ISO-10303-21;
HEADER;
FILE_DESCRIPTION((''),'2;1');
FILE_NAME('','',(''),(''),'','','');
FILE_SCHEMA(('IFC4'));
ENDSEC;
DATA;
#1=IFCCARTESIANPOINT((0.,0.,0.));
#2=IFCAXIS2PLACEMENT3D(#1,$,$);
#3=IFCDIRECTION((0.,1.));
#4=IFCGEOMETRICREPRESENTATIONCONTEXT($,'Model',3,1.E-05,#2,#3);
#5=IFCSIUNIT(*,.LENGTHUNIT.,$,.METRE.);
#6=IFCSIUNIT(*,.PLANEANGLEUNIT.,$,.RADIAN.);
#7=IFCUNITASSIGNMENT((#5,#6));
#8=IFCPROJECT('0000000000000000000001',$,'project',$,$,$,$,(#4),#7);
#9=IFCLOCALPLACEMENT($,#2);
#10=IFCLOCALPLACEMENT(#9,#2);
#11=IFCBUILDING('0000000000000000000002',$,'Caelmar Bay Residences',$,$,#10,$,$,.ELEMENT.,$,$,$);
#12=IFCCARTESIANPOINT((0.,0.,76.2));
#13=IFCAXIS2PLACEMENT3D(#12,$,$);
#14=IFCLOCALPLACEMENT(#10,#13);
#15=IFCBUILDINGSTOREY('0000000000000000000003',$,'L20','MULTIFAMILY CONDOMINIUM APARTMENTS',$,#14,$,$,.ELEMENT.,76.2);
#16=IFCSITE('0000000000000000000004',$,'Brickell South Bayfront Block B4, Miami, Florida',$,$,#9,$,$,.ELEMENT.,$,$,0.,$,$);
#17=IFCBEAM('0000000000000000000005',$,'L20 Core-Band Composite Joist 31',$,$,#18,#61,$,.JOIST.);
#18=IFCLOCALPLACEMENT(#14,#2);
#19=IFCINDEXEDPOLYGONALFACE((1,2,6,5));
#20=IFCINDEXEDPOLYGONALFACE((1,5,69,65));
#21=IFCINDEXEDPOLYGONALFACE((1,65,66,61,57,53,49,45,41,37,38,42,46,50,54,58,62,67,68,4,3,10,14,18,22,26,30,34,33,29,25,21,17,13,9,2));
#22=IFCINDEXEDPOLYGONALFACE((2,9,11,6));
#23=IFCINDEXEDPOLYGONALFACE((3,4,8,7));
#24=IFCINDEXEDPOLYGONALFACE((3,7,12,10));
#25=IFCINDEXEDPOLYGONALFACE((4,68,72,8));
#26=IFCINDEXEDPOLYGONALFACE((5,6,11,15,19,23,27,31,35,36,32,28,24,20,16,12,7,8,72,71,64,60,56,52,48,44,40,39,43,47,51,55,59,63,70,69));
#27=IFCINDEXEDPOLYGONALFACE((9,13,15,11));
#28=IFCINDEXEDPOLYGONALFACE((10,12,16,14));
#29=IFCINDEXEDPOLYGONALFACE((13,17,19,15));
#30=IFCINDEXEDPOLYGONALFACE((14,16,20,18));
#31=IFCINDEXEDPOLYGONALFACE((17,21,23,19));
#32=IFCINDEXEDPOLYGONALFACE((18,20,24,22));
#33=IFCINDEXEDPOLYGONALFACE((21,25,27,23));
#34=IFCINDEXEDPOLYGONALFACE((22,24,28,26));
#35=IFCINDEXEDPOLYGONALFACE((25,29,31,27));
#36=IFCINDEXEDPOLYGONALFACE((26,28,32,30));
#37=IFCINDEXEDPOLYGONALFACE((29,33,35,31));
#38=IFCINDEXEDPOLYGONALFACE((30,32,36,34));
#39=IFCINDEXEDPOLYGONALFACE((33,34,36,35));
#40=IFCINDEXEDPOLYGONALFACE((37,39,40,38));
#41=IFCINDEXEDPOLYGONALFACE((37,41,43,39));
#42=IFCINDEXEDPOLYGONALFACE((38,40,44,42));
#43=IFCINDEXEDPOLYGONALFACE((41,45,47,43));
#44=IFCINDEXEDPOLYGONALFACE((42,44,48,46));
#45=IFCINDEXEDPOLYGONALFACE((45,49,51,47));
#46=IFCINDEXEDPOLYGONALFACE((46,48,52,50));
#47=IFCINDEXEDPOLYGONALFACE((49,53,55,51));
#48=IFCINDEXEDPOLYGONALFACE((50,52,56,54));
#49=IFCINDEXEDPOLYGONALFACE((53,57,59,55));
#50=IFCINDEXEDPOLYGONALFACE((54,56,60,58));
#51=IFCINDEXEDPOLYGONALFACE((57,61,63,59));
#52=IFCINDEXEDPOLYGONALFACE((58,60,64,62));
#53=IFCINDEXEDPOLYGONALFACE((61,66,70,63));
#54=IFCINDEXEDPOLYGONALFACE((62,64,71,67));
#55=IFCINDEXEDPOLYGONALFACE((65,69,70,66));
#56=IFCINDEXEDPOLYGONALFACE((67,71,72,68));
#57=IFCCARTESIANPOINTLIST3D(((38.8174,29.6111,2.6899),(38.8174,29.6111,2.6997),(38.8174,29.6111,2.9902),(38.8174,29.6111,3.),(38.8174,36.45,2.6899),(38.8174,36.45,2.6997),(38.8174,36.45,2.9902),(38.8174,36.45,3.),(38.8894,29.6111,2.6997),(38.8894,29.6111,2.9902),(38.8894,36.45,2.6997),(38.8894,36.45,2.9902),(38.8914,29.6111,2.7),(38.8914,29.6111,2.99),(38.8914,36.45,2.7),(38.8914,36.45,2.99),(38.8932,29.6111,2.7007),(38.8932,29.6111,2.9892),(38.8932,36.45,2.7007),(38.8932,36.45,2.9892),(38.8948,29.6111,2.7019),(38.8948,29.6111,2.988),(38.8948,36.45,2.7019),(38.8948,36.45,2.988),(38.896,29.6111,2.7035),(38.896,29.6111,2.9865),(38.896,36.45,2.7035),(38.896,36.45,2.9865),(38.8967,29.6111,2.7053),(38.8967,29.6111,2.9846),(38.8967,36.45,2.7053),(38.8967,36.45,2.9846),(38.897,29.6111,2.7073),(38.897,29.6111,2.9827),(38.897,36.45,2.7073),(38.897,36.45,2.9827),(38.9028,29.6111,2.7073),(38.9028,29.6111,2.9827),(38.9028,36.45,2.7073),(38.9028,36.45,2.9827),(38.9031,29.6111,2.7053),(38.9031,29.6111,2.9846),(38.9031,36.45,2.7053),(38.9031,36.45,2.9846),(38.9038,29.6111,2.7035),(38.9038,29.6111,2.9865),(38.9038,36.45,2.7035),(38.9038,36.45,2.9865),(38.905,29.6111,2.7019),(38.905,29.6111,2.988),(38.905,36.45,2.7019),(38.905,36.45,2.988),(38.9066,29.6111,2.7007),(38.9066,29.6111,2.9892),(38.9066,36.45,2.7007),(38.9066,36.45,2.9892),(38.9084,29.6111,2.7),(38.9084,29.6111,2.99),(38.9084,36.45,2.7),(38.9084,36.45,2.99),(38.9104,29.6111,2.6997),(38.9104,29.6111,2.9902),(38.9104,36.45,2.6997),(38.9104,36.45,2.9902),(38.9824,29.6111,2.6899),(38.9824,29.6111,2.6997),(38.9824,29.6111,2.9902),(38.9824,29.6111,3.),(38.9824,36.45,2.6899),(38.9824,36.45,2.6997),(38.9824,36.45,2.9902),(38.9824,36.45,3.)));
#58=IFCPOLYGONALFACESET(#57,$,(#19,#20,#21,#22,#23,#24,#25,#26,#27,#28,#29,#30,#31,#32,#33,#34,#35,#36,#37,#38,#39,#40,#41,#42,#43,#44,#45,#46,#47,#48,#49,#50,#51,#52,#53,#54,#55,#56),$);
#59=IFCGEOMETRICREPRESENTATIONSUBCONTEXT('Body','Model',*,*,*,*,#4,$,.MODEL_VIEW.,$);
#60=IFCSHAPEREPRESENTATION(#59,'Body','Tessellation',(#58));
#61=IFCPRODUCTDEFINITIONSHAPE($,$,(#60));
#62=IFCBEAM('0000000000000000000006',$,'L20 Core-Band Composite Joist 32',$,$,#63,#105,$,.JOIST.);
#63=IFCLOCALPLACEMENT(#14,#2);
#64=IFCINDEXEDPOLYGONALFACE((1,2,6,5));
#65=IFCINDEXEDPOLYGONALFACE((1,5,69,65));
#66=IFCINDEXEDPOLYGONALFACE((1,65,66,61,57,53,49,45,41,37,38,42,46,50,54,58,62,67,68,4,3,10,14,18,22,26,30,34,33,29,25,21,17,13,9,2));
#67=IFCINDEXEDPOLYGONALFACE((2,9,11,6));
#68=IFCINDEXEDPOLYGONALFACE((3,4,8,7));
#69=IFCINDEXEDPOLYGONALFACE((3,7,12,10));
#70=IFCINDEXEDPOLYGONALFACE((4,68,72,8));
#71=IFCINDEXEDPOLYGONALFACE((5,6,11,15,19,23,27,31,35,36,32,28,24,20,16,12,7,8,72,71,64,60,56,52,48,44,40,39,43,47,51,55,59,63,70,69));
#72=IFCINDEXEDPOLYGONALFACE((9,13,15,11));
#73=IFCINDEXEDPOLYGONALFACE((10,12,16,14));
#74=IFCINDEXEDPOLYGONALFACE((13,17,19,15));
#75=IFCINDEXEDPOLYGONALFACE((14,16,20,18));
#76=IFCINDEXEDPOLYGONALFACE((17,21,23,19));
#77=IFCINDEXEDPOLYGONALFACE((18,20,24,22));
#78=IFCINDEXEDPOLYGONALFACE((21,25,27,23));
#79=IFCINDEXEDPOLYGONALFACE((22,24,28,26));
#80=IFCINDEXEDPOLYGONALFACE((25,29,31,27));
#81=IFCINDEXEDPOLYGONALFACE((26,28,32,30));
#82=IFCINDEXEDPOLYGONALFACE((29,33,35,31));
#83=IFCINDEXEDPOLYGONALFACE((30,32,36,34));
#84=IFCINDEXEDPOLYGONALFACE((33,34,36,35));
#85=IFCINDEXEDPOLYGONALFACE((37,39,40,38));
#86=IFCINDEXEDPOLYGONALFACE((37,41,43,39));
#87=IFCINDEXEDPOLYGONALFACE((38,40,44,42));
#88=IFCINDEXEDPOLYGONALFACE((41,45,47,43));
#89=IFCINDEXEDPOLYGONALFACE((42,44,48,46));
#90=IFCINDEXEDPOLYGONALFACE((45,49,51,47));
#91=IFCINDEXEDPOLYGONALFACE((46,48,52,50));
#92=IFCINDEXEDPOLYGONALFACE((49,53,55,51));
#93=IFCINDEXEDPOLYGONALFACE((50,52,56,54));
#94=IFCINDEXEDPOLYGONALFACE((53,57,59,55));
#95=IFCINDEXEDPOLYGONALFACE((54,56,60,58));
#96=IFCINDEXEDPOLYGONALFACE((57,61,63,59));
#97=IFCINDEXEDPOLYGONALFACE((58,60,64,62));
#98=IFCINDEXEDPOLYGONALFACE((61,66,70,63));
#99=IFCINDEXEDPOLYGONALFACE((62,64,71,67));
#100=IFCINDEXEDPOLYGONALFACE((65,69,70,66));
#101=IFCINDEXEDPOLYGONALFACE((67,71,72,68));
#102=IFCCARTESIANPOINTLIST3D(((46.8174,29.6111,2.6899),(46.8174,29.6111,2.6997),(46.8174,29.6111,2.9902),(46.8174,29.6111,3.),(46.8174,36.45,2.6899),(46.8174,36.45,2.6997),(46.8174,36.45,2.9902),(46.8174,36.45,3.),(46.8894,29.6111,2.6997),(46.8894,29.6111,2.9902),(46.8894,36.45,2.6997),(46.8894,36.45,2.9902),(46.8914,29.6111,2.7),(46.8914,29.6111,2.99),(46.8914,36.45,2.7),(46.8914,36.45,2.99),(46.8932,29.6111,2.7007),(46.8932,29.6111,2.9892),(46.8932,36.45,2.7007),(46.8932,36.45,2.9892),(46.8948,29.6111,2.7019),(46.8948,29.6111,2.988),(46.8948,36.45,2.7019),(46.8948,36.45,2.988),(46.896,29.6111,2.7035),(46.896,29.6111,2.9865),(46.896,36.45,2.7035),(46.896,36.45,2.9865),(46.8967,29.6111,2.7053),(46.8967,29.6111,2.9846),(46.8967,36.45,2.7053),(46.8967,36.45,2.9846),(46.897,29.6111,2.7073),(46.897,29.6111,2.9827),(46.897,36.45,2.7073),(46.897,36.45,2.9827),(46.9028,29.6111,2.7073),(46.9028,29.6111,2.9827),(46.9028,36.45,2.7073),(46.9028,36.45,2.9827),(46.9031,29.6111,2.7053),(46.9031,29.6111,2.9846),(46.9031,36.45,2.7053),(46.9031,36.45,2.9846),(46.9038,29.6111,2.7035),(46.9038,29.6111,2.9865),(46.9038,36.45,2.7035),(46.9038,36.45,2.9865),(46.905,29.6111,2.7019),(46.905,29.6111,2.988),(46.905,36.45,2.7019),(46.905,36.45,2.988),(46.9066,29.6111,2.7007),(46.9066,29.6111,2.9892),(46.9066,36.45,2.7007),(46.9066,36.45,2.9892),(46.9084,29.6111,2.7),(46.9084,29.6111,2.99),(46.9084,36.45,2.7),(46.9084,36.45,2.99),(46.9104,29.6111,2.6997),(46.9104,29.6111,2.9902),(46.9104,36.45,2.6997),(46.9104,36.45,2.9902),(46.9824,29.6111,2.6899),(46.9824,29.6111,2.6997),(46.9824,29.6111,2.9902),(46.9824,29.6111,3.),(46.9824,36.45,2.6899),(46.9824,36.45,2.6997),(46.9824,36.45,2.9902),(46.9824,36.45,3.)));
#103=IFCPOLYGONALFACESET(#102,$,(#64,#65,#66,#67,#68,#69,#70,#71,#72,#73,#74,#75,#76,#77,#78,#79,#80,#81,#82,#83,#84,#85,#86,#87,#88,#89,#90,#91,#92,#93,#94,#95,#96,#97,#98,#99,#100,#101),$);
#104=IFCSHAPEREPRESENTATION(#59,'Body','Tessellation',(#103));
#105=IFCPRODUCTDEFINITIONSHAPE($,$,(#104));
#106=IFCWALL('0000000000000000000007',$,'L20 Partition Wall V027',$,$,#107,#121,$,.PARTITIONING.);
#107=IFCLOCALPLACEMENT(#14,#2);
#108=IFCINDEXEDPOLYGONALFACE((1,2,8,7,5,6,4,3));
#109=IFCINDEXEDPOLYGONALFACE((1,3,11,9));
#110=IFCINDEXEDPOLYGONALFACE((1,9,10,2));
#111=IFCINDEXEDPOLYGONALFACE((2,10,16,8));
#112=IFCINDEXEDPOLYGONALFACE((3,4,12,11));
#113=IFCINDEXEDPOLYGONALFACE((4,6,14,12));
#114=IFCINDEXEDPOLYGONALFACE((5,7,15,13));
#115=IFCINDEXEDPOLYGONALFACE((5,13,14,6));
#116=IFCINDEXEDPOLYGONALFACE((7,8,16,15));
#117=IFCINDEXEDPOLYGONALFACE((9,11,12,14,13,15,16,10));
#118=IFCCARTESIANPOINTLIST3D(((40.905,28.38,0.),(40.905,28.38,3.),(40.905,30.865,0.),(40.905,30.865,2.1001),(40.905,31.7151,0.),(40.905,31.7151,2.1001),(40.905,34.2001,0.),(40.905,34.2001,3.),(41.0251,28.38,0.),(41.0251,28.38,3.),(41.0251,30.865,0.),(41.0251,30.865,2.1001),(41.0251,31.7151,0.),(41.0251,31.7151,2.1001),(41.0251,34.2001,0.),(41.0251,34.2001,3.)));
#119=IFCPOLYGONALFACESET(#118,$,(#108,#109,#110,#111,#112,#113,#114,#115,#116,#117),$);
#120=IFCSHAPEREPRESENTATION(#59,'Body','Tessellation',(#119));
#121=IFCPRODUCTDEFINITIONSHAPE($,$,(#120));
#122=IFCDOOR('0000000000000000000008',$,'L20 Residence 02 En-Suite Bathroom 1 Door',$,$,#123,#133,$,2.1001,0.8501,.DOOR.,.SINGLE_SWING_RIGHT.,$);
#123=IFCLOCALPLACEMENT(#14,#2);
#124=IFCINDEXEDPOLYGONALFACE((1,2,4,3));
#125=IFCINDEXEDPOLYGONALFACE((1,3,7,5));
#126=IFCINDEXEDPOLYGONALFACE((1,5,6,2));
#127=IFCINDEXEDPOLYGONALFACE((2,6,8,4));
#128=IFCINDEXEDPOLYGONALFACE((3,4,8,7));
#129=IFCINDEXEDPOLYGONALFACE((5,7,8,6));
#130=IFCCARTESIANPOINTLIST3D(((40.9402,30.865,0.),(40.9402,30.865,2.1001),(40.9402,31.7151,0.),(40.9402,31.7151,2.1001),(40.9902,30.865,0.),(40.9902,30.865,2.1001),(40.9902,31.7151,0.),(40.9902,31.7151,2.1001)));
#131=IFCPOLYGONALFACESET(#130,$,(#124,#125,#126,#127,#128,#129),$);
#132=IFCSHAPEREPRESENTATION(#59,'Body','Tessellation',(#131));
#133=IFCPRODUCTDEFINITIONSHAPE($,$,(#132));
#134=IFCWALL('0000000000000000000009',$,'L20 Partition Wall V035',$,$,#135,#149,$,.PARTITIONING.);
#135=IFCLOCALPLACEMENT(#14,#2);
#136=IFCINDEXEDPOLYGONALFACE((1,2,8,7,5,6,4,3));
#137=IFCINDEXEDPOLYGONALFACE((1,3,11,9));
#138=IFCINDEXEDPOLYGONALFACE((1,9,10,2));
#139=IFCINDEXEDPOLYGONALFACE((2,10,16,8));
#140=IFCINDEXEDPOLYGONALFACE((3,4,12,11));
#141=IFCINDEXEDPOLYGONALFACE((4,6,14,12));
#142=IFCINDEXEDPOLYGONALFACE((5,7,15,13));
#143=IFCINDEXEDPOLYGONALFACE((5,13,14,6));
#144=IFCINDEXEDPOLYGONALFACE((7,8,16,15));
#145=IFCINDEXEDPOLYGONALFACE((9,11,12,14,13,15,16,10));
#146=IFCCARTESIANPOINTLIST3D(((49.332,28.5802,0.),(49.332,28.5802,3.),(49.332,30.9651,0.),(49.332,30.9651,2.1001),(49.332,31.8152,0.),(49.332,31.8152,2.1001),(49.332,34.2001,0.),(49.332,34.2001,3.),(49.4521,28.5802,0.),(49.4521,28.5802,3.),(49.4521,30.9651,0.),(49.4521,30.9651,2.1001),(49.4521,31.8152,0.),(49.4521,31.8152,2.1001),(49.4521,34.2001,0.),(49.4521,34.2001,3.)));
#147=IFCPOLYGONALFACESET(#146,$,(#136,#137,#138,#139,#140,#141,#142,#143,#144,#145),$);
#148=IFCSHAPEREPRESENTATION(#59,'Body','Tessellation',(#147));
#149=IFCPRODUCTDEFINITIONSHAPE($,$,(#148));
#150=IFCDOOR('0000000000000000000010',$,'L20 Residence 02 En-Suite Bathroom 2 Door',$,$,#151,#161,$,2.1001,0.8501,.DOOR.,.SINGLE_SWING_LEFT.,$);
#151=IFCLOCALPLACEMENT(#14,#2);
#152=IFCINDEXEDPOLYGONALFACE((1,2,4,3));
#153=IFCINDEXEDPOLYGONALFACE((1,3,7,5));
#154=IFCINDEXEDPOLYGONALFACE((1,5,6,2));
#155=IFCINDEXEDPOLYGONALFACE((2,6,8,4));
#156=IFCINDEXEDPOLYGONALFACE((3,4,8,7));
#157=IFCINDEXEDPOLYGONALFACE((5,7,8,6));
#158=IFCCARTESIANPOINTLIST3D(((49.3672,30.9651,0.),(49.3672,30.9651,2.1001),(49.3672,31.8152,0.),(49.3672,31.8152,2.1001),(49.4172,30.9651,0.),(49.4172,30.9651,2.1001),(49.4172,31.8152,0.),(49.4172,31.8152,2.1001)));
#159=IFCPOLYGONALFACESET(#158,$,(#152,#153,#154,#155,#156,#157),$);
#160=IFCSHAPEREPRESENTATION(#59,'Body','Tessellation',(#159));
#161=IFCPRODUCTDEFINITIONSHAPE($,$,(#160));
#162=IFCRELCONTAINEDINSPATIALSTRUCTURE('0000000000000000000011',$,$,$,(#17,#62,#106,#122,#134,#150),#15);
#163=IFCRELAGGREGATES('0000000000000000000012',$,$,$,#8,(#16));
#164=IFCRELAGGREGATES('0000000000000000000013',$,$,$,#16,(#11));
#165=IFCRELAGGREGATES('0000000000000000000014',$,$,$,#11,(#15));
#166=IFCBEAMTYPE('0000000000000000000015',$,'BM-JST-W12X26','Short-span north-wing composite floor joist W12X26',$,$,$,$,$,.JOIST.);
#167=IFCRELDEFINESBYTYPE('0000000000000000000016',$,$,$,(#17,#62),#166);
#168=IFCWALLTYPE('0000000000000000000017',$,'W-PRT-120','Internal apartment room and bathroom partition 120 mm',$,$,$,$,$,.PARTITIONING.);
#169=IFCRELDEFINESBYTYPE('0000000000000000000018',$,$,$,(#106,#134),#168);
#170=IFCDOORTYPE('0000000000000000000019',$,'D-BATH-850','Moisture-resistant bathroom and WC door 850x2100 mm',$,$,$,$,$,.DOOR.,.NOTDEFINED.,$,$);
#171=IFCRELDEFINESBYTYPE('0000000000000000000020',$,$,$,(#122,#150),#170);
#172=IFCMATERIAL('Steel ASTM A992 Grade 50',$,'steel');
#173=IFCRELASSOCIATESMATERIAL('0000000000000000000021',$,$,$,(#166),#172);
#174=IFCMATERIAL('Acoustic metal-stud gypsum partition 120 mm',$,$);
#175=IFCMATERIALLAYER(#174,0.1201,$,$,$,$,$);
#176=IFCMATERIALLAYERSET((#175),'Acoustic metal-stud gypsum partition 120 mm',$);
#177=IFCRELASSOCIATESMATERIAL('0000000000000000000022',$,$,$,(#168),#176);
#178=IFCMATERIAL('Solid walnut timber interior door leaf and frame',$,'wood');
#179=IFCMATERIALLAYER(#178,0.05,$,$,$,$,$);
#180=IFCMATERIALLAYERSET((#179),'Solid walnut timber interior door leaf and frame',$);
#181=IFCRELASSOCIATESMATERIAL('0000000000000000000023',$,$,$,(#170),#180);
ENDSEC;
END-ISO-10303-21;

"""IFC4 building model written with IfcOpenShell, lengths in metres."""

from ifc_helpers import new_model, si_unit, direction, frame, frame_2d, origin, origin_2d, place, context, subcontext, project, spatial, rectangle, i_section, extrude, material, layer, layer_set, material_profile, profile_set, type_object, element, fill, save


model = new_model("IFC4")

# Units and contexts
model_context = context("Model", 3, precision=1e-05, world=origin(), true_north=direction((0.0, 1.0)))
body_context = subcontext(model_context, "Body", "Model", "MODEL_VIEW")
ifc_project = project(units=[si_unit("LENGTHUNIT", "METRE"), si_unit("PLANEANGLEUNIT", "RADIAN")], contexts=[model_context])

# Site, building, storey
site_placement = place(None, origin())
site = spatial("IfcSite", under=ifc_project, at=site_placement, Name="Brickell South Bayfront Block B4, Miami, Florida", CompositionType="ELEMENT", RefElevation=0.0)
building_placement = place(site_placement, origin())
building = spatial("IfcBuilding", under=site, at=building_placement, Name="Caelmar Bay Residences", CompositionType="ELEMENT")
storey_placement = place(building_placement, frame((0.0, 0.0, 76.2)))
storey = spatial("IfcBuildingStorey", under=building, at=storey_placement, Name="L20", Description="MULTIFAMILY CONDOMINIUM APARTMENTS", CompositionType="ELEMENT", Elevation=76.2)

# Beams
ifc_material_1 = material(Name="Steel ASTM A992 Grade 50", Category="steel")
ifc_material_profile_1 = material_profile(ifc_material_1, i_section(OverallWidth=0.165, OverallDepth=0.3101, WebThickness=0.0059, FlangeThickness=0.0098, FilletRadius=0.0076, at=origin_2d()), Name="W12X26")
ifc_profile_set_1 = profile_set([ifc_material_profile_1], Name="Steel ASTM A992 Grade 50")
beam_type_1 = type_object("IfcBeamType", Name="BM-JST-W12X26", Description="Short-span north-wing composite floor joist W12X26", PredefinedType="JOIST", material=ifc_profile_set_1)
for number, where, z_axis, x_axis, name in (
    (1, (38.8999, 29.6111, 2.845), (0.0, 1.0, 0.0), (-1.0, 0.0, 0.0), "L20 Core-Band Composite Joist 31"),
    (2, (46.8999, 29.6111, 2.845), (0.0, 1.0, 0.0), (-1.0, 0.0, 0.0), "L20 Core-Band Composite Joist 32"),
):
    element("IfcBeam", number, at=place(storey_placement, frame(where, z_axis=z_axis, x_axis=x_axis)), inside=storey, type_object=beam_type_1, Name=name, PredefinedType="JOIST", context=body_context, shape_type="SweptSolid", body=[
        extrude(i_section(OverallWidth=0.165, OverallDepth=0.3101, WebThickness=0.0059, FlangeThickness=0.0098, FilletRadius=0.0076, at=origin_2d()), origin(), (0.0, 0.0, 1.0), 6.8389),
    ])

# Walls, openings, doors
ifc_material_2 = material(Name="Acoustic metal-stud gypsum partition 120 mm")
ifc_layer_1 = layer(ifc_material_2, 0.1201)
ifc_layer_set_1 = layer_set([ifc_layer_1], Name="Acoustic metal-stud gypsum partition 120 mm")
wall_type = type_object("IfcWallType", Name="W-PRT-120", Description="Internal apartment room and bathroom partition 120 mm", PredefinedType="PARTITIONING", material=ifc_layer_set_1)
wall_1_placement = place(storey_placement, frame((40.9651, 28.3799, 0.0), z_axis=(0.0, 0.0, 1.0), x_axis=(0.0, 1.0, 0.0)))
wall_1 = element("IfcWall", 3, at=wall_1_placement, inside=storey, type_object=wall_type, Name="L20 Partition Wall V027", PredefinedType="PARTITIONING", context=body_context, shape_type="SweptSolid", body=[
    extrude(rectangle(XDim=5.8201, YDim=0.1201, at=frame_2d((2.9102, 0.0))), origin(), (0.0, 0.0, 1.0), 3.0),
])
opening_1_placement = place(wall_1_placement, frame((2.4851, 0.0, 0.0)))
opening_1 = element("IfcOpeningElement", 4, at=opening_1_placement, cuts=wall_1, PredefinedType="OPENING", context=body_context, shape_type="SweptSolid", body=[
    extrude(rectangle(XDim=0.8501, YDim=2.1001, at=frame_2d((0.425, 1.05))), frame((0.0, 0.0701, 0.0), z_axis=(0.0, -1.0, 0.0), x_axis=(1.0, 0.0, 0.0)), (0.0, 0.0, 1.0), 0.1401),
])
ifc_material_3 = material(Name="Solid walnut timber interior door leaf and frame", Category="wood")
ifc_layer_2 = layer(ifc_material_3, 0.05)
ifc_layer_set_2 = layer_set([ifc_layer_2], Name="Solid walnut timber interior door leaf and frame")
door_type_1 = type_object("IfcDoorType", Name="D-BATH-850", Description="Moisture-resistant bathroom and WC door 850x2100 mm", OperationType="NOTDEFINED", PredefinedType="DOOR", material=ifc_layer_set_2)
door_1_placement = place(opening_1_placement, origin())
door_1 = element("IfcDoor", 5, at=door_1_placement, inside=storey, type_object=door_type_1, Name="L20 Residence 02 En-Suite Bathroom 1 Door", OperationType="SINGLE_SWING_RIGHT", OverallHeight=2.1001, OverallWidth=0.8501, PredefinedType="DOOR", context=body_context, shape_type="SweptSolid", body=[
    extrude(rectangle(XDim=0.8501, YDim=2.1001, at=frame_2d((0.425, 1.05))), frame((0.0, 0.0249, 0.0), z_axis=(0.0, -1.0, 0.0), x_axis=(1.0, 0.0, 0.0)), (0.0, 0.0, 1.0), 0.05),
])
fill(opening_1, door_1)
wall_2_placement = place(storey_placement, frame((49.3921, 28.5801, 0.0), z_axis=(0.0, 0.0, 1.0), x_axis=(0.0, 1.0, 0.0)))
wall_2 = element("IfcWall", 6, at=wall_2_placement, inside=storey, type_object=wall_type, Name="L20 Partition Wall V035", PredefinedType="PARTITIONING", context=body_context, shape_type="SweptSolid", body=[
    extrude(rectangle(XDim=5.6199, YDim=0.1201, at=frame_2d((2.8101, 0.0))), origin(), (0.0, 0.0, 1.0), 3.0),
])
opening_2_placement = place(wall_2_placement, frame((2.385, 0.0, 0.0)))
opening_2 = element("IfcOpeningElement", 7, at=opening_2_placement, cuts=wall_2, PredefinedType="OPENING", context=body_context, shape_type="SweptSolid", body=[
    extrude(rectangle(XDim=0.8501, YDim=2.1001, at=frame_2d((0.425, 1.05))), frame((0.0, 0.0701, 0.0), z_axis=(0.0, -1.0, 0.0), x_axis=(1.0, 0.0, 0.0)), (0.0, 0.0, 1.0), 0.1401),
])
door_2_placement = place(opening_2_placement, origin())
door_2 = element("IfcDoor", 8, at=door_2_placement, inside=storey, type_object=door_type_1, Name="L20 Residence 02 En-Suite Bathroom 2 Door", OperationType="SINGLE_SWING_LEFT", OverallHeight=2.1001, OverallWidth=0.8501, PredefinedType="DOOR", context=body_context, shape_type="SweptSolid", body=[
    extrude(rectangle(XDim=0.8501, YDim=2.1001, at=frame_2d((0.425, 1.05))), frame((0.0, 0.0249, 0.0), z_axis=(0.0, -1.0, 0.0), x_axis=(1.0, 0.0, 0.0)), (0.0, 0.0, 1.0), 0.05),
])
fill(opening_2, door_2)

save(model, "model.ifc")
